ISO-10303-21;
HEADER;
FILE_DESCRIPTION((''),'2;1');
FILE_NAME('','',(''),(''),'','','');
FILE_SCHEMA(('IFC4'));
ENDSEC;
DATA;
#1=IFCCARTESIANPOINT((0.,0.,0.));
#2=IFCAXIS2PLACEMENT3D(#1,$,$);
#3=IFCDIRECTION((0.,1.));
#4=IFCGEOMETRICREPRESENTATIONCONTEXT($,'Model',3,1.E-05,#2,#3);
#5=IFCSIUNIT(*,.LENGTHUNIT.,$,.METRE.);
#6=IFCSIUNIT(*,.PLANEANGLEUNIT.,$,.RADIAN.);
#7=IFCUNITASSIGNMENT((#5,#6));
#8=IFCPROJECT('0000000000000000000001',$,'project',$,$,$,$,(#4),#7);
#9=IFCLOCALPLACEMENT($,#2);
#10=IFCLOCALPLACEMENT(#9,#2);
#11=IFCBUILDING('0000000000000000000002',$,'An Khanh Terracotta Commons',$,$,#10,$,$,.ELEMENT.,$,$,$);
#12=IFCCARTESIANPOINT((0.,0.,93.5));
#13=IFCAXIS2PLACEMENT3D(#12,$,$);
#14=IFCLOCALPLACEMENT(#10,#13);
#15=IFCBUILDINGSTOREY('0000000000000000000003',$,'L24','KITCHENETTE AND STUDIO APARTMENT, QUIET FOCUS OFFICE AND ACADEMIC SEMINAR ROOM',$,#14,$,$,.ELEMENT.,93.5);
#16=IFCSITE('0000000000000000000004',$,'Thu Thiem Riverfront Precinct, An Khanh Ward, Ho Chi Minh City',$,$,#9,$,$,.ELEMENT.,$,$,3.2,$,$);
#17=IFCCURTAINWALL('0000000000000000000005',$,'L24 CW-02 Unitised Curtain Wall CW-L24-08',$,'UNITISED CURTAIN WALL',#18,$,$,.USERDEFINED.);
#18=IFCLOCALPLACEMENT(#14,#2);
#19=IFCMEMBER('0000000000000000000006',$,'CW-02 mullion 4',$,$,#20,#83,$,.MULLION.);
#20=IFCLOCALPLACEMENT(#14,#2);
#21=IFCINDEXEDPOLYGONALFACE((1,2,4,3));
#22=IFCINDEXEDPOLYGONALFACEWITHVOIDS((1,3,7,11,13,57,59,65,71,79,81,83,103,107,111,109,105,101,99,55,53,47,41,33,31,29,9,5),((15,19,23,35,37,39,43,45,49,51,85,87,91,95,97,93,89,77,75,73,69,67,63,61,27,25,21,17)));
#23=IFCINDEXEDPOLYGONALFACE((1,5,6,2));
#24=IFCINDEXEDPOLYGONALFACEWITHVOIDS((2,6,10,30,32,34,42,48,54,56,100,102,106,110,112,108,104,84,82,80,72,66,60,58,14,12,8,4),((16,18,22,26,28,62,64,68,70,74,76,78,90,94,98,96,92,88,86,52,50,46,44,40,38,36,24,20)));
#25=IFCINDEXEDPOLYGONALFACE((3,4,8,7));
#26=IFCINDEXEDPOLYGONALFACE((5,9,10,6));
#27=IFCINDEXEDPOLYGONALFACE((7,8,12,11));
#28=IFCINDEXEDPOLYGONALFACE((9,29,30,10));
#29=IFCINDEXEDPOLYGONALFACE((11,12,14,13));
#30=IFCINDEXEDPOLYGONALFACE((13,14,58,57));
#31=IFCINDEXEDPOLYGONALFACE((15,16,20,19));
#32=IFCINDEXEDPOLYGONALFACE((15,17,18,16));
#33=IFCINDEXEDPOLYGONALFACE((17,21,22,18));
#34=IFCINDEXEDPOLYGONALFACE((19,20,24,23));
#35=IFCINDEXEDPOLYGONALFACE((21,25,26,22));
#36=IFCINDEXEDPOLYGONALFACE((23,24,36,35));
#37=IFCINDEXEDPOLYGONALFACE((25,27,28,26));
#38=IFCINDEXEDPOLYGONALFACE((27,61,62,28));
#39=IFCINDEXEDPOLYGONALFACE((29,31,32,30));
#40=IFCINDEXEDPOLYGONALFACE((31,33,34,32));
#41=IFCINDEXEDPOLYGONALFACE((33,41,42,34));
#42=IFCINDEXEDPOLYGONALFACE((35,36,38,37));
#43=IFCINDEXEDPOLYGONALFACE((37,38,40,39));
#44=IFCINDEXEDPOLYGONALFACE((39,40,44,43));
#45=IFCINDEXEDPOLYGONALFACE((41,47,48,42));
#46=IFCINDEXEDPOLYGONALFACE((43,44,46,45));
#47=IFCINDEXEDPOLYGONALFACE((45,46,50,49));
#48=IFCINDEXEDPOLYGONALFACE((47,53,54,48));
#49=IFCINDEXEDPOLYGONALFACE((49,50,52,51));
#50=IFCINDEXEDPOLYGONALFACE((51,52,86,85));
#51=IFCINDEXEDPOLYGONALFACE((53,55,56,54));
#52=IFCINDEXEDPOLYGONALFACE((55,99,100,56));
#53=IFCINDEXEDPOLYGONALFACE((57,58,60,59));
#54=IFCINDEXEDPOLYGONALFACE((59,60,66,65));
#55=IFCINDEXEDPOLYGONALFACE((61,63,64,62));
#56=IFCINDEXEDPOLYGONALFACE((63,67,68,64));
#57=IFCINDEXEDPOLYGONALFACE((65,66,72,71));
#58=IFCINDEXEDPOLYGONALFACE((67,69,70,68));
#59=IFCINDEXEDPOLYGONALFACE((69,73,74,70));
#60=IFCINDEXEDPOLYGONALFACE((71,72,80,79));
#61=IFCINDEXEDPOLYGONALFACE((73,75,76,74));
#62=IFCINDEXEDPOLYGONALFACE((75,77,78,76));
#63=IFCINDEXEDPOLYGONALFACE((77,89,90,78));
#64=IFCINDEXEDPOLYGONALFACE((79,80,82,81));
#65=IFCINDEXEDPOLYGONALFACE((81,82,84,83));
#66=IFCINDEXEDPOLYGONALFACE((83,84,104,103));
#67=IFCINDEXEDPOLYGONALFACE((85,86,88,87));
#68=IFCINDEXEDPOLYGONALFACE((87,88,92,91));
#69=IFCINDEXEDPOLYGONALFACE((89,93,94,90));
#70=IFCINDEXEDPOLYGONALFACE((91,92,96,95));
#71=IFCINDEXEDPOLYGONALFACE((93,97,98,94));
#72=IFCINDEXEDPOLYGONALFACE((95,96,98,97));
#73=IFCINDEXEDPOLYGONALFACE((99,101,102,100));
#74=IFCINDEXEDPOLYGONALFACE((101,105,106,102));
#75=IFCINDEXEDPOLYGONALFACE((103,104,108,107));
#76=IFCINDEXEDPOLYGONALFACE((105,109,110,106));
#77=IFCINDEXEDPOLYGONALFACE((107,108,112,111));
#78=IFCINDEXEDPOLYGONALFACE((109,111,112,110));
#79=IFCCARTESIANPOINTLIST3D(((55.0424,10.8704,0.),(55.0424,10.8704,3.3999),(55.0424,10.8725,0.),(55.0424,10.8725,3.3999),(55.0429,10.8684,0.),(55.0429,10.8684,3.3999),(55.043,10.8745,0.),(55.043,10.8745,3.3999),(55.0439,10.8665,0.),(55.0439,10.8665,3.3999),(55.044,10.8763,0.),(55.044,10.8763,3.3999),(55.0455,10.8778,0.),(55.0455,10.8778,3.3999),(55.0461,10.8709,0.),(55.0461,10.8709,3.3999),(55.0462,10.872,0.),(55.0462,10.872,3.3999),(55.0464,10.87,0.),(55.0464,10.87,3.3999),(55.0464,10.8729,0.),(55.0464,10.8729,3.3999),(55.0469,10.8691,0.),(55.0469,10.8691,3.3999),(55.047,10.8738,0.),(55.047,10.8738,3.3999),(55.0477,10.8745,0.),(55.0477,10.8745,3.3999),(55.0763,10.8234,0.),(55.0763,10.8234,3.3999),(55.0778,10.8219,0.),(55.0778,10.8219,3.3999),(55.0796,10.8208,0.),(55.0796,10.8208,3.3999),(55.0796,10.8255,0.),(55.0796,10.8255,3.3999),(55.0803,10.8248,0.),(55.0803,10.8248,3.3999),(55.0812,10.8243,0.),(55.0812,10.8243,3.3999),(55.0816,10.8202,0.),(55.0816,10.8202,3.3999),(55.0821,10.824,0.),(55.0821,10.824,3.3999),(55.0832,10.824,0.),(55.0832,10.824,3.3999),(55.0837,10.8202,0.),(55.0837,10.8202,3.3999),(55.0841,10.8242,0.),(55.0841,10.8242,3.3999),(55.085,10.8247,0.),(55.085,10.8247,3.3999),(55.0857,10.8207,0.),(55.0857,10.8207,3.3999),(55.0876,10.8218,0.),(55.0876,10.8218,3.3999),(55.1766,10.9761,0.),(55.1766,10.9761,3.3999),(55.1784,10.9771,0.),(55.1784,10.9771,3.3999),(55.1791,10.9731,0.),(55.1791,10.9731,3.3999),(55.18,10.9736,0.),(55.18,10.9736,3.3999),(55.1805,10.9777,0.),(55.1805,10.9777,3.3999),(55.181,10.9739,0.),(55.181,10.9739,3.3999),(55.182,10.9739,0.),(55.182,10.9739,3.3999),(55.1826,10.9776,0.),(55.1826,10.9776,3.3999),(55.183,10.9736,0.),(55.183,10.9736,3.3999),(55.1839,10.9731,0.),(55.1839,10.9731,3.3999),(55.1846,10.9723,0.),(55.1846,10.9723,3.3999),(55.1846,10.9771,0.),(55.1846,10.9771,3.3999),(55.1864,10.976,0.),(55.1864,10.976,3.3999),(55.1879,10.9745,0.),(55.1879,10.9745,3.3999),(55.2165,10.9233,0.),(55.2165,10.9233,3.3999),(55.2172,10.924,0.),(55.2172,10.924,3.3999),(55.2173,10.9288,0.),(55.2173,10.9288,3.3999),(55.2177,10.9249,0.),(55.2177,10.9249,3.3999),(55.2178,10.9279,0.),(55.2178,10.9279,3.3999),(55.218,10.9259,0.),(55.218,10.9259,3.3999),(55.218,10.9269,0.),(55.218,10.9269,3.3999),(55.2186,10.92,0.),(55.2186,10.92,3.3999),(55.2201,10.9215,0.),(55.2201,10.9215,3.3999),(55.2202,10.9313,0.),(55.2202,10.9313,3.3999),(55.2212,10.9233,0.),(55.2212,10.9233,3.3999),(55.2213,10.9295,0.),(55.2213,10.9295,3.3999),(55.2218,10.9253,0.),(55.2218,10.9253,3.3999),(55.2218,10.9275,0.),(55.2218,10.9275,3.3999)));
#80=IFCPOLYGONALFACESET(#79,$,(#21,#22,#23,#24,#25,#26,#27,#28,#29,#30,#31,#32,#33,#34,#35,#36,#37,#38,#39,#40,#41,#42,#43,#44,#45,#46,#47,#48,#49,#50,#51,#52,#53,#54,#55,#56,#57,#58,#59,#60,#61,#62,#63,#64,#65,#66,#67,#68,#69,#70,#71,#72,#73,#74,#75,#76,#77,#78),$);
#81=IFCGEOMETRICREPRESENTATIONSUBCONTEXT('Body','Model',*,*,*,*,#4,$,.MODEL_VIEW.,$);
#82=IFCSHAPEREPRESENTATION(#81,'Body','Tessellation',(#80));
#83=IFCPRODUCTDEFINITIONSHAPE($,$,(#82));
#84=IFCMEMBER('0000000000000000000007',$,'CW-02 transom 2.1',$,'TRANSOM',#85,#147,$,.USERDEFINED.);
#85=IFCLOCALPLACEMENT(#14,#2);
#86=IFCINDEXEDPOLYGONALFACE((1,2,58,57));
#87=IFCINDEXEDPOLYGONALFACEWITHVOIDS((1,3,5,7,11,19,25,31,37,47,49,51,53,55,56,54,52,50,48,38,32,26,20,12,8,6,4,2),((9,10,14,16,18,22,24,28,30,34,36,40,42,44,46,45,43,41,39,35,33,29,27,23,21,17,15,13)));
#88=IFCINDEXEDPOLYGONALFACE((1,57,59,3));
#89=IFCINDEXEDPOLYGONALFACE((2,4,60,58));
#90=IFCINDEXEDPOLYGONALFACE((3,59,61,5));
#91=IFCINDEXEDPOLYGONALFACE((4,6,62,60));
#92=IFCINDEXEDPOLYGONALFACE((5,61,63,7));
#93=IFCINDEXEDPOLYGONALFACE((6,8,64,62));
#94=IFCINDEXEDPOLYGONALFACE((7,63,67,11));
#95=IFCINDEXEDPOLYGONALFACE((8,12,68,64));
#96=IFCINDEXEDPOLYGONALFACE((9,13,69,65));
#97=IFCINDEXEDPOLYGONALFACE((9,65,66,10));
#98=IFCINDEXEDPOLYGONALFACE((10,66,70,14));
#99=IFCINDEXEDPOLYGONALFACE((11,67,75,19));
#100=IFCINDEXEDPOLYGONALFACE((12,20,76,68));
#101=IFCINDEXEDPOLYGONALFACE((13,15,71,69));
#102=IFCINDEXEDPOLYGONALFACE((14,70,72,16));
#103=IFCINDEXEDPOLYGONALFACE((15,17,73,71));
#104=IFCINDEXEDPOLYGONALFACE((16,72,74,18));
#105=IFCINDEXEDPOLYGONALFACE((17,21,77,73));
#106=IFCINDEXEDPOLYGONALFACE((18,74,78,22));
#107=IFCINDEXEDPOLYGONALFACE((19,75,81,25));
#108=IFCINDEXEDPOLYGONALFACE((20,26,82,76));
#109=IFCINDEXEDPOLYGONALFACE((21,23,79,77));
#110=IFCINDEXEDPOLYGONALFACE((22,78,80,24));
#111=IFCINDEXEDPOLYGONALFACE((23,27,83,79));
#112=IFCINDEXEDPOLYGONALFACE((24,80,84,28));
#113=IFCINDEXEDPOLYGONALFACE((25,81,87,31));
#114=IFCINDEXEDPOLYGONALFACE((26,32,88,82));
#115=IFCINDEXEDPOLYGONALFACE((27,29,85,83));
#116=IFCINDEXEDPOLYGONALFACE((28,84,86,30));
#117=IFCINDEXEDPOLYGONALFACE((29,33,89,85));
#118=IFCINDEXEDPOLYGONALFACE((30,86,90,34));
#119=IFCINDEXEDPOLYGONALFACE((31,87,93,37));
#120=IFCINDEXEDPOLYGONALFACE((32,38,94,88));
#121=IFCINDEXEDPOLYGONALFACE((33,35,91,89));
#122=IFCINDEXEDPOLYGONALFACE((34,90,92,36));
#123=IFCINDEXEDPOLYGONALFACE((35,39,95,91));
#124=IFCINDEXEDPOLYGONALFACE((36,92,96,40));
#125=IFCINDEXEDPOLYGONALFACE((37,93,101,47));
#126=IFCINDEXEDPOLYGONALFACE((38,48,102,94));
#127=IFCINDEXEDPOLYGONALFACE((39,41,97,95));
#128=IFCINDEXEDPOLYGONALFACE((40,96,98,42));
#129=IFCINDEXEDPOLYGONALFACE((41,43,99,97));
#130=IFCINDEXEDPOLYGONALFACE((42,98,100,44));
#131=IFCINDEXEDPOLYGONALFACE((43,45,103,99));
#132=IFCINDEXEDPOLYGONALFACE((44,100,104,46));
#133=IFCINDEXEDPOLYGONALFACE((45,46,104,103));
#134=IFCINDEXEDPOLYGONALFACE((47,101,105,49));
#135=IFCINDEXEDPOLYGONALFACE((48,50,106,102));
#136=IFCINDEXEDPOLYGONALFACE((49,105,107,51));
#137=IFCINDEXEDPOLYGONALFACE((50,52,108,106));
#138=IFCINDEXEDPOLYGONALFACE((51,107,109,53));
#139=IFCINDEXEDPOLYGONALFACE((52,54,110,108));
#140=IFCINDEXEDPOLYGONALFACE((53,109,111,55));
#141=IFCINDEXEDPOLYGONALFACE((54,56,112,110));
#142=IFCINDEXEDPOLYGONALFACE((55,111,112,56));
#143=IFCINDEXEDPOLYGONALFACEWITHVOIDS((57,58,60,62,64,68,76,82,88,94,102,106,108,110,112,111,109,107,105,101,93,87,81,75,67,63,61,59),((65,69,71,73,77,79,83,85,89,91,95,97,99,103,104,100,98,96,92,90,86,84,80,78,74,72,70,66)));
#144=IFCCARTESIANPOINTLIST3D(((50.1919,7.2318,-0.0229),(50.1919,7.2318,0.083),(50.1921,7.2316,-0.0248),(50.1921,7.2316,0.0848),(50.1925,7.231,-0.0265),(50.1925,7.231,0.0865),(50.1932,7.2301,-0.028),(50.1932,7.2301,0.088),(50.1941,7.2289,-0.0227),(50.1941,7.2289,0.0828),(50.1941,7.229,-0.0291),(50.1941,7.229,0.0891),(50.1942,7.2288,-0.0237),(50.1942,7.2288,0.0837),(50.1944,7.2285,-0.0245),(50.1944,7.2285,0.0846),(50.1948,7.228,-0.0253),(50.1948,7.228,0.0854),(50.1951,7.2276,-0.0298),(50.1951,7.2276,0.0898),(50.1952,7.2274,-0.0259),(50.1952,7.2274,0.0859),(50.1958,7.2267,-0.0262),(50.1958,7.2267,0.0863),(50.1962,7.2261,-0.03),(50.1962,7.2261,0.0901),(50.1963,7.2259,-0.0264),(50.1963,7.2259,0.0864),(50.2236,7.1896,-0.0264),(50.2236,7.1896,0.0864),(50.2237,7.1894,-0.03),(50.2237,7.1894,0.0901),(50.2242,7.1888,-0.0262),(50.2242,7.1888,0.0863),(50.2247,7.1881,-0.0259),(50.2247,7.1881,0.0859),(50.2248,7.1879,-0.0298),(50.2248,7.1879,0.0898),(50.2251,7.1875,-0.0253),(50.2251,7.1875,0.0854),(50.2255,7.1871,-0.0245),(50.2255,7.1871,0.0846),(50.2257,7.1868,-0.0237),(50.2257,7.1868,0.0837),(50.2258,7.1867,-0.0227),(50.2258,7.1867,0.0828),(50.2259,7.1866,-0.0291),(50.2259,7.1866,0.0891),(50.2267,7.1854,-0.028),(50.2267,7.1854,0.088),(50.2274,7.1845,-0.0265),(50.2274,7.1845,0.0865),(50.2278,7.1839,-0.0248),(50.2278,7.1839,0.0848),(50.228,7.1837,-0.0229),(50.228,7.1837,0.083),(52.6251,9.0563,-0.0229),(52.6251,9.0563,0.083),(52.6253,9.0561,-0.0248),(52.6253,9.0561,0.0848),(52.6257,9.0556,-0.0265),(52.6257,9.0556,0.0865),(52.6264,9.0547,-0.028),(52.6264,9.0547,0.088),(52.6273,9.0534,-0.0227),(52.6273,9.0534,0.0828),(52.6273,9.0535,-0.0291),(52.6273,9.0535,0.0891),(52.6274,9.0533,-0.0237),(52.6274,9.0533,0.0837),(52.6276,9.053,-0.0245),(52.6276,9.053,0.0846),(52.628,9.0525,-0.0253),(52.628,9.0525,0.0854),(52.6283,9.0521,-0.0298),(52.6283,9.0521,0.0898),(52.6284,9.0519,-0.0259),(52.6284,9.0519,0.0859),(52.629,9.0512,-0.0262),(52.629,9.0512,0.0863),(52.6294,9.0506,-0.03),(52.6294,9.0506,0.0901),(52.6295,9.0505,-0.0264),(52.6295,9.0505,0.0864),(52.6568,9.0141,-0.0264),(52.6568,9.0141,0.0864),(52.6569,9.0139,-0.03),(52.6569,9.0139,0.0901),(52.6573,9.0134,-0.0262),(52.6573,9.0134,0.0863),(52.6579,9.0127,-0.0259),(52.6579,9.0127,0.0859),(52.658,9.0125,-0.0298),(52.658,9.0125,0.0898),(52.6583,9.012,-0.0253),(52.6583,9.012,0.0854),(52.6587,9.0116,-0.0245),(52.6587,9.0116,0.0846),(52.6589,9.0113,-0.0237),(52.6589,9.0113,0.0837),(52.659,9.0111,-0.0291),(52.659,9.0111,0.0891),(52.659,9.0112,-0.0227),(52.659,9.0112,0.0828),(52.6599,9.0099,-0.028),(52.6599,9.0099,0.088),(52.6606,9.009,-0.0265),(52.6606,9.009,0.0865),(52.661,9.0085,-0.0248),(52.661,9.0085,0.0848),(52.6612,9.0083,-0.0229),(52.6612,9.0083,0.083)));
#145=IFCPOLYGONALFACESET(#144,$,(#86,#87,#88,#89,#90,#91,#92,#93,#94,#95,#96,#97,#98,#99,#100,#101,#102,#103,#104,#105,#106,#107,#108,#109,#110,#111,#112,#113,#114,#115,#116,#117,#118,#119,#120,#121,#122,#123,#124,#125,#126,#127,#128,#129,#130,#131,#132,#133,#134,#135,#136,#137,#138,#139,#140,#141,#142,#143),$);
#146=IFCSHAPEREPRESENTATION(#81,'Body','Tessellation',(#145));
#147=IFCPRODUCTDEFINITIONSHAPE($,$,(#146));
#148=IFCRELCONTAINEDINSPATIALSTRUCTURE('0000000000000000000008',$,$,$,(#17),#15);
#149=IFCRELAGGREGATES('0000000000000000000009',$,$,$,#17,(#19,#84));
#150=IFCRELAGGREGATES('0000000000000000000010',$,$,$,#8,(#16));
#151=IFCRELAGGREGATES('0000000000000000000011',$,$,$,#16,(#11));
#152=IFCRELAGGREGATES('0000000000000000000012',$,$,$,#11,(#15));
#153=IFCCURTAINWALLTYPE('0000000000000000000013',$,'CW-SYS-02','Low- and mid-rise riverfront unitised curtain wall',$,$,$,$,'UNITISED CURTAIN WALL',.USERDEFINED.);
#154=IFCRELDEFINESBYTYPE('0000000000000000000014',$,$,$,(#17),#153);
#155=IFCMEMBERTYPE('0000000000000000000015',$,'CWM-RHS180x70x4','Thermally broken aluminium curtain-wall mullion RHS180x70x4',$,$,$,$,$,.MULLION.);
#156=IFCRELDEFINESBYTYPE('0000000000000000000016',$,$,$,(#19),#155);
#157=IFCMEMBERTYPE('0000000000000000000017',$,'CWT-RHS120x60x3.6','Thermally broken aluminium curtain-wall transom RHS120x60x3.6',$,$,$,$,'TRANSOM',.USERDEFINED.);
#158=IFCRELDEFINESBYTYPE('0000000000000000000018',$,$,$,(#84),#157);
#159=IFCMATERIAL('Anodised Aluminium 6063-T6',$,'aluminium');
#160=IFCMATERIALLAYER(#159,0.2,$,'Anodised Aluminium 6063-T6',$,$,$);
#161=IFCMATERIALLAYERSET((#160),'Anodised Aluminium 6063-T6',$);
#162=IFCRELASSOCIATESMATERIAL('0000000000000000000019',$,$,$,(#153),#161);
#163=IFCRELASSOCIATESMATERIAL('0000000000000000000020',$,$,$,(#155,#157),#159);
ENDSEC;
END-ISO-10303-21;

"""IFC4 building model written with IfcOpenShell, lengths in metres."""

from ifc_helpers import new_model, si_unit, direction, frame, origin, origin_2d, place, context, subcontext, project, spatial, hollow_rectangle, extrude, material, layer, layer_set, material_profile, profile_set, type_object, element, aggregate, save


model = new_model("IFC4")

# Units and contexts
model_context = context("Model", 3, precision=1e-05, world=origin(), true_north=direction((0.0, 1.0)))
body_context = subcontext(model_context, "Body", "Model", "MODEL_VIEW")
ifc_project = project(units=[si_unit("LENGTHUNIT", "METRE"), si_unit("PLANEANGLEUNIT", "RADIAN")], contexts=[model_context])

# Site, building, storey
site_placement = place(None, origin())
site = spatial("IfcSite", under=ifc_project, at=site_placement, Name="Thu Thiem Riverfront Precinct, An Khanh Ward, Ho Chi Minh City", CompositionType="ELEMENT", RefElevation=3.2)
building_placement = place(site_placement, origin())
building = spatial("IfcBuilding", under=site, at=building_placement, Name="An Khanh Terracotta Commons", CompositionType="ELEMENT")
storey_placement = place(building_placement, frame((0.0, 0.0, 93.5)))
storey = spatial("IfcBuildingStorey", under=building, at=storey_placement, Name="L24", Description="KITCHENETTE AND STUDIO APARTMENT, QUIET FOCUS OFFICE AND ACADEMIC SEMINAR ROOM", CompositionType="ELEMENT", Elevation=93.5)

# Shared definitions
ifc_material_1 = material(Name="Anodised Aluminium 6063-T6", Category="aluminium")

# Curtain wall, members
ifc_layer_1 = layer(ifc_material_1, 0.2, Name="Anodised Aluminium 6063-T6")
ifc_layer_set_1 = layer_set([ifc_layer_1], Name="Anodised Aluminium 6063-T6")
curtain_wall_type_1 = type_object("IfcCurtainWallType", Name="CW-SYS-02", Description="Low- and mid-rise riverfront unitised curtain wall", ElementType="UNITISED CURTAIN WALL", PredefinedType="USERDEFINED", material=ifc_layer_set_1)
curtain_wall_1_placement = place(storey_placement, origin())
curtain_wall_1 = element("IfcCurtainWall", 1, at=curtain_wall_1_placement, inside=storey, type_object=curtain_wall_type_1, Name="L24 CW-02 Unitised Curtain Wall CW-L24-08", ObjectType="UNITISED CURTAIN WALL", PredefinedType="USERDEFINED")
ifc_material_profile_1 = material_profile(ifc_material_1, hollow_rectangle(XDim=0.0701, YDim=0.1799, WallThickness=0.0039, InnerFilletRadius=0.0039, OuterFilletRadius=0.0081, at=origin_2d()), Name="RHS180x70x4")
ifc_profile_set_1 = profile_set([ifc_material_profile_1], Name="Anodised Aluminium 6063-T6")
member_type_1 = type_object("IfcMemberType", Name="CWM-RHS180x70x4", Description="Thermally broken aluminium curtain-wall mullion RHS180x70x4", PredefinedType="MULLION", material=ifc_profile_set_1)
member_1_placement = place(storey_placement, frame((55.1321, 10.8989, 0.0), z_axis=(0.0, 0.0, 1.0), x_axis=(-0.599983, 0.800013, 0.0)))
member_1 = element("IfcMember", 2, at=member_1_placement, type_object=member_type_1, Name="CW-02 mullion 4", PredefinedType="MULLION", context=body_context, shape_type="SweptSolid", body=[
    extrude(hollow_rectangle(XDim=0.0701, YDim=0.1799, WallThickness=0.0039, InnerFilletRadius=0.0039, OuterFilletRadius=0.0081, at=origin_2d()), origin(), (0.0, 0.0, 1.0), 3.3999),
])
ifc_material_profile_2 = material_profile(ifc_material_1, hollow_rectangle(XDim=0.0601, YDim=0.1201, WallThickness=0.0037, InnerFilletRadius=0.0037, OuterFilletRadius=0.0071, at=origin_2d()), Name="RHS120x60x3.6")
ifc_profile_set_2 = profile_set([ifc_material_profile_2], Name="Anodised Aluminium 6063-T6")
member_type_2 = type_object("IfcMemberType", Name="CWT-RHS120x60x3.6", Description="Thermally broken aluminium curtain-wall transom RHS120x60x3.6", ElementType="TRANSOM", PredefinedType="USERDEFINED", material=ifc_profile_set_2)
member_2_placement = place(storey_placement, frame((50.21, 7.2078, 0.03), z_axis=(0.800058, 0.599923, 0.0), x_axis=(-0.599923, 0.800058, 0.0)))
member_2 = element("IfcMember", 3, at=member_2_placement, type_object=member_type_2, Name="CW-02 transom 2.1", ObjectType="TRANSOM", PredefinedType="USERDEFINED", context=body_context, shape_type="SweptSolid", body=[
    extrude(hollow_rectangle(XDim=0.0601, YDim=0.1201, WallThickness=0.0037, InnerFilletRadius=0.0037, OuterFilletRadius=0.0071, at=origin_2d()), origin(), (0.0, 0.0, 1.0), 3.0413),
])

aggregate(curtain_wall_1, [member_1, member_2])

save(model, "model.ifc")
